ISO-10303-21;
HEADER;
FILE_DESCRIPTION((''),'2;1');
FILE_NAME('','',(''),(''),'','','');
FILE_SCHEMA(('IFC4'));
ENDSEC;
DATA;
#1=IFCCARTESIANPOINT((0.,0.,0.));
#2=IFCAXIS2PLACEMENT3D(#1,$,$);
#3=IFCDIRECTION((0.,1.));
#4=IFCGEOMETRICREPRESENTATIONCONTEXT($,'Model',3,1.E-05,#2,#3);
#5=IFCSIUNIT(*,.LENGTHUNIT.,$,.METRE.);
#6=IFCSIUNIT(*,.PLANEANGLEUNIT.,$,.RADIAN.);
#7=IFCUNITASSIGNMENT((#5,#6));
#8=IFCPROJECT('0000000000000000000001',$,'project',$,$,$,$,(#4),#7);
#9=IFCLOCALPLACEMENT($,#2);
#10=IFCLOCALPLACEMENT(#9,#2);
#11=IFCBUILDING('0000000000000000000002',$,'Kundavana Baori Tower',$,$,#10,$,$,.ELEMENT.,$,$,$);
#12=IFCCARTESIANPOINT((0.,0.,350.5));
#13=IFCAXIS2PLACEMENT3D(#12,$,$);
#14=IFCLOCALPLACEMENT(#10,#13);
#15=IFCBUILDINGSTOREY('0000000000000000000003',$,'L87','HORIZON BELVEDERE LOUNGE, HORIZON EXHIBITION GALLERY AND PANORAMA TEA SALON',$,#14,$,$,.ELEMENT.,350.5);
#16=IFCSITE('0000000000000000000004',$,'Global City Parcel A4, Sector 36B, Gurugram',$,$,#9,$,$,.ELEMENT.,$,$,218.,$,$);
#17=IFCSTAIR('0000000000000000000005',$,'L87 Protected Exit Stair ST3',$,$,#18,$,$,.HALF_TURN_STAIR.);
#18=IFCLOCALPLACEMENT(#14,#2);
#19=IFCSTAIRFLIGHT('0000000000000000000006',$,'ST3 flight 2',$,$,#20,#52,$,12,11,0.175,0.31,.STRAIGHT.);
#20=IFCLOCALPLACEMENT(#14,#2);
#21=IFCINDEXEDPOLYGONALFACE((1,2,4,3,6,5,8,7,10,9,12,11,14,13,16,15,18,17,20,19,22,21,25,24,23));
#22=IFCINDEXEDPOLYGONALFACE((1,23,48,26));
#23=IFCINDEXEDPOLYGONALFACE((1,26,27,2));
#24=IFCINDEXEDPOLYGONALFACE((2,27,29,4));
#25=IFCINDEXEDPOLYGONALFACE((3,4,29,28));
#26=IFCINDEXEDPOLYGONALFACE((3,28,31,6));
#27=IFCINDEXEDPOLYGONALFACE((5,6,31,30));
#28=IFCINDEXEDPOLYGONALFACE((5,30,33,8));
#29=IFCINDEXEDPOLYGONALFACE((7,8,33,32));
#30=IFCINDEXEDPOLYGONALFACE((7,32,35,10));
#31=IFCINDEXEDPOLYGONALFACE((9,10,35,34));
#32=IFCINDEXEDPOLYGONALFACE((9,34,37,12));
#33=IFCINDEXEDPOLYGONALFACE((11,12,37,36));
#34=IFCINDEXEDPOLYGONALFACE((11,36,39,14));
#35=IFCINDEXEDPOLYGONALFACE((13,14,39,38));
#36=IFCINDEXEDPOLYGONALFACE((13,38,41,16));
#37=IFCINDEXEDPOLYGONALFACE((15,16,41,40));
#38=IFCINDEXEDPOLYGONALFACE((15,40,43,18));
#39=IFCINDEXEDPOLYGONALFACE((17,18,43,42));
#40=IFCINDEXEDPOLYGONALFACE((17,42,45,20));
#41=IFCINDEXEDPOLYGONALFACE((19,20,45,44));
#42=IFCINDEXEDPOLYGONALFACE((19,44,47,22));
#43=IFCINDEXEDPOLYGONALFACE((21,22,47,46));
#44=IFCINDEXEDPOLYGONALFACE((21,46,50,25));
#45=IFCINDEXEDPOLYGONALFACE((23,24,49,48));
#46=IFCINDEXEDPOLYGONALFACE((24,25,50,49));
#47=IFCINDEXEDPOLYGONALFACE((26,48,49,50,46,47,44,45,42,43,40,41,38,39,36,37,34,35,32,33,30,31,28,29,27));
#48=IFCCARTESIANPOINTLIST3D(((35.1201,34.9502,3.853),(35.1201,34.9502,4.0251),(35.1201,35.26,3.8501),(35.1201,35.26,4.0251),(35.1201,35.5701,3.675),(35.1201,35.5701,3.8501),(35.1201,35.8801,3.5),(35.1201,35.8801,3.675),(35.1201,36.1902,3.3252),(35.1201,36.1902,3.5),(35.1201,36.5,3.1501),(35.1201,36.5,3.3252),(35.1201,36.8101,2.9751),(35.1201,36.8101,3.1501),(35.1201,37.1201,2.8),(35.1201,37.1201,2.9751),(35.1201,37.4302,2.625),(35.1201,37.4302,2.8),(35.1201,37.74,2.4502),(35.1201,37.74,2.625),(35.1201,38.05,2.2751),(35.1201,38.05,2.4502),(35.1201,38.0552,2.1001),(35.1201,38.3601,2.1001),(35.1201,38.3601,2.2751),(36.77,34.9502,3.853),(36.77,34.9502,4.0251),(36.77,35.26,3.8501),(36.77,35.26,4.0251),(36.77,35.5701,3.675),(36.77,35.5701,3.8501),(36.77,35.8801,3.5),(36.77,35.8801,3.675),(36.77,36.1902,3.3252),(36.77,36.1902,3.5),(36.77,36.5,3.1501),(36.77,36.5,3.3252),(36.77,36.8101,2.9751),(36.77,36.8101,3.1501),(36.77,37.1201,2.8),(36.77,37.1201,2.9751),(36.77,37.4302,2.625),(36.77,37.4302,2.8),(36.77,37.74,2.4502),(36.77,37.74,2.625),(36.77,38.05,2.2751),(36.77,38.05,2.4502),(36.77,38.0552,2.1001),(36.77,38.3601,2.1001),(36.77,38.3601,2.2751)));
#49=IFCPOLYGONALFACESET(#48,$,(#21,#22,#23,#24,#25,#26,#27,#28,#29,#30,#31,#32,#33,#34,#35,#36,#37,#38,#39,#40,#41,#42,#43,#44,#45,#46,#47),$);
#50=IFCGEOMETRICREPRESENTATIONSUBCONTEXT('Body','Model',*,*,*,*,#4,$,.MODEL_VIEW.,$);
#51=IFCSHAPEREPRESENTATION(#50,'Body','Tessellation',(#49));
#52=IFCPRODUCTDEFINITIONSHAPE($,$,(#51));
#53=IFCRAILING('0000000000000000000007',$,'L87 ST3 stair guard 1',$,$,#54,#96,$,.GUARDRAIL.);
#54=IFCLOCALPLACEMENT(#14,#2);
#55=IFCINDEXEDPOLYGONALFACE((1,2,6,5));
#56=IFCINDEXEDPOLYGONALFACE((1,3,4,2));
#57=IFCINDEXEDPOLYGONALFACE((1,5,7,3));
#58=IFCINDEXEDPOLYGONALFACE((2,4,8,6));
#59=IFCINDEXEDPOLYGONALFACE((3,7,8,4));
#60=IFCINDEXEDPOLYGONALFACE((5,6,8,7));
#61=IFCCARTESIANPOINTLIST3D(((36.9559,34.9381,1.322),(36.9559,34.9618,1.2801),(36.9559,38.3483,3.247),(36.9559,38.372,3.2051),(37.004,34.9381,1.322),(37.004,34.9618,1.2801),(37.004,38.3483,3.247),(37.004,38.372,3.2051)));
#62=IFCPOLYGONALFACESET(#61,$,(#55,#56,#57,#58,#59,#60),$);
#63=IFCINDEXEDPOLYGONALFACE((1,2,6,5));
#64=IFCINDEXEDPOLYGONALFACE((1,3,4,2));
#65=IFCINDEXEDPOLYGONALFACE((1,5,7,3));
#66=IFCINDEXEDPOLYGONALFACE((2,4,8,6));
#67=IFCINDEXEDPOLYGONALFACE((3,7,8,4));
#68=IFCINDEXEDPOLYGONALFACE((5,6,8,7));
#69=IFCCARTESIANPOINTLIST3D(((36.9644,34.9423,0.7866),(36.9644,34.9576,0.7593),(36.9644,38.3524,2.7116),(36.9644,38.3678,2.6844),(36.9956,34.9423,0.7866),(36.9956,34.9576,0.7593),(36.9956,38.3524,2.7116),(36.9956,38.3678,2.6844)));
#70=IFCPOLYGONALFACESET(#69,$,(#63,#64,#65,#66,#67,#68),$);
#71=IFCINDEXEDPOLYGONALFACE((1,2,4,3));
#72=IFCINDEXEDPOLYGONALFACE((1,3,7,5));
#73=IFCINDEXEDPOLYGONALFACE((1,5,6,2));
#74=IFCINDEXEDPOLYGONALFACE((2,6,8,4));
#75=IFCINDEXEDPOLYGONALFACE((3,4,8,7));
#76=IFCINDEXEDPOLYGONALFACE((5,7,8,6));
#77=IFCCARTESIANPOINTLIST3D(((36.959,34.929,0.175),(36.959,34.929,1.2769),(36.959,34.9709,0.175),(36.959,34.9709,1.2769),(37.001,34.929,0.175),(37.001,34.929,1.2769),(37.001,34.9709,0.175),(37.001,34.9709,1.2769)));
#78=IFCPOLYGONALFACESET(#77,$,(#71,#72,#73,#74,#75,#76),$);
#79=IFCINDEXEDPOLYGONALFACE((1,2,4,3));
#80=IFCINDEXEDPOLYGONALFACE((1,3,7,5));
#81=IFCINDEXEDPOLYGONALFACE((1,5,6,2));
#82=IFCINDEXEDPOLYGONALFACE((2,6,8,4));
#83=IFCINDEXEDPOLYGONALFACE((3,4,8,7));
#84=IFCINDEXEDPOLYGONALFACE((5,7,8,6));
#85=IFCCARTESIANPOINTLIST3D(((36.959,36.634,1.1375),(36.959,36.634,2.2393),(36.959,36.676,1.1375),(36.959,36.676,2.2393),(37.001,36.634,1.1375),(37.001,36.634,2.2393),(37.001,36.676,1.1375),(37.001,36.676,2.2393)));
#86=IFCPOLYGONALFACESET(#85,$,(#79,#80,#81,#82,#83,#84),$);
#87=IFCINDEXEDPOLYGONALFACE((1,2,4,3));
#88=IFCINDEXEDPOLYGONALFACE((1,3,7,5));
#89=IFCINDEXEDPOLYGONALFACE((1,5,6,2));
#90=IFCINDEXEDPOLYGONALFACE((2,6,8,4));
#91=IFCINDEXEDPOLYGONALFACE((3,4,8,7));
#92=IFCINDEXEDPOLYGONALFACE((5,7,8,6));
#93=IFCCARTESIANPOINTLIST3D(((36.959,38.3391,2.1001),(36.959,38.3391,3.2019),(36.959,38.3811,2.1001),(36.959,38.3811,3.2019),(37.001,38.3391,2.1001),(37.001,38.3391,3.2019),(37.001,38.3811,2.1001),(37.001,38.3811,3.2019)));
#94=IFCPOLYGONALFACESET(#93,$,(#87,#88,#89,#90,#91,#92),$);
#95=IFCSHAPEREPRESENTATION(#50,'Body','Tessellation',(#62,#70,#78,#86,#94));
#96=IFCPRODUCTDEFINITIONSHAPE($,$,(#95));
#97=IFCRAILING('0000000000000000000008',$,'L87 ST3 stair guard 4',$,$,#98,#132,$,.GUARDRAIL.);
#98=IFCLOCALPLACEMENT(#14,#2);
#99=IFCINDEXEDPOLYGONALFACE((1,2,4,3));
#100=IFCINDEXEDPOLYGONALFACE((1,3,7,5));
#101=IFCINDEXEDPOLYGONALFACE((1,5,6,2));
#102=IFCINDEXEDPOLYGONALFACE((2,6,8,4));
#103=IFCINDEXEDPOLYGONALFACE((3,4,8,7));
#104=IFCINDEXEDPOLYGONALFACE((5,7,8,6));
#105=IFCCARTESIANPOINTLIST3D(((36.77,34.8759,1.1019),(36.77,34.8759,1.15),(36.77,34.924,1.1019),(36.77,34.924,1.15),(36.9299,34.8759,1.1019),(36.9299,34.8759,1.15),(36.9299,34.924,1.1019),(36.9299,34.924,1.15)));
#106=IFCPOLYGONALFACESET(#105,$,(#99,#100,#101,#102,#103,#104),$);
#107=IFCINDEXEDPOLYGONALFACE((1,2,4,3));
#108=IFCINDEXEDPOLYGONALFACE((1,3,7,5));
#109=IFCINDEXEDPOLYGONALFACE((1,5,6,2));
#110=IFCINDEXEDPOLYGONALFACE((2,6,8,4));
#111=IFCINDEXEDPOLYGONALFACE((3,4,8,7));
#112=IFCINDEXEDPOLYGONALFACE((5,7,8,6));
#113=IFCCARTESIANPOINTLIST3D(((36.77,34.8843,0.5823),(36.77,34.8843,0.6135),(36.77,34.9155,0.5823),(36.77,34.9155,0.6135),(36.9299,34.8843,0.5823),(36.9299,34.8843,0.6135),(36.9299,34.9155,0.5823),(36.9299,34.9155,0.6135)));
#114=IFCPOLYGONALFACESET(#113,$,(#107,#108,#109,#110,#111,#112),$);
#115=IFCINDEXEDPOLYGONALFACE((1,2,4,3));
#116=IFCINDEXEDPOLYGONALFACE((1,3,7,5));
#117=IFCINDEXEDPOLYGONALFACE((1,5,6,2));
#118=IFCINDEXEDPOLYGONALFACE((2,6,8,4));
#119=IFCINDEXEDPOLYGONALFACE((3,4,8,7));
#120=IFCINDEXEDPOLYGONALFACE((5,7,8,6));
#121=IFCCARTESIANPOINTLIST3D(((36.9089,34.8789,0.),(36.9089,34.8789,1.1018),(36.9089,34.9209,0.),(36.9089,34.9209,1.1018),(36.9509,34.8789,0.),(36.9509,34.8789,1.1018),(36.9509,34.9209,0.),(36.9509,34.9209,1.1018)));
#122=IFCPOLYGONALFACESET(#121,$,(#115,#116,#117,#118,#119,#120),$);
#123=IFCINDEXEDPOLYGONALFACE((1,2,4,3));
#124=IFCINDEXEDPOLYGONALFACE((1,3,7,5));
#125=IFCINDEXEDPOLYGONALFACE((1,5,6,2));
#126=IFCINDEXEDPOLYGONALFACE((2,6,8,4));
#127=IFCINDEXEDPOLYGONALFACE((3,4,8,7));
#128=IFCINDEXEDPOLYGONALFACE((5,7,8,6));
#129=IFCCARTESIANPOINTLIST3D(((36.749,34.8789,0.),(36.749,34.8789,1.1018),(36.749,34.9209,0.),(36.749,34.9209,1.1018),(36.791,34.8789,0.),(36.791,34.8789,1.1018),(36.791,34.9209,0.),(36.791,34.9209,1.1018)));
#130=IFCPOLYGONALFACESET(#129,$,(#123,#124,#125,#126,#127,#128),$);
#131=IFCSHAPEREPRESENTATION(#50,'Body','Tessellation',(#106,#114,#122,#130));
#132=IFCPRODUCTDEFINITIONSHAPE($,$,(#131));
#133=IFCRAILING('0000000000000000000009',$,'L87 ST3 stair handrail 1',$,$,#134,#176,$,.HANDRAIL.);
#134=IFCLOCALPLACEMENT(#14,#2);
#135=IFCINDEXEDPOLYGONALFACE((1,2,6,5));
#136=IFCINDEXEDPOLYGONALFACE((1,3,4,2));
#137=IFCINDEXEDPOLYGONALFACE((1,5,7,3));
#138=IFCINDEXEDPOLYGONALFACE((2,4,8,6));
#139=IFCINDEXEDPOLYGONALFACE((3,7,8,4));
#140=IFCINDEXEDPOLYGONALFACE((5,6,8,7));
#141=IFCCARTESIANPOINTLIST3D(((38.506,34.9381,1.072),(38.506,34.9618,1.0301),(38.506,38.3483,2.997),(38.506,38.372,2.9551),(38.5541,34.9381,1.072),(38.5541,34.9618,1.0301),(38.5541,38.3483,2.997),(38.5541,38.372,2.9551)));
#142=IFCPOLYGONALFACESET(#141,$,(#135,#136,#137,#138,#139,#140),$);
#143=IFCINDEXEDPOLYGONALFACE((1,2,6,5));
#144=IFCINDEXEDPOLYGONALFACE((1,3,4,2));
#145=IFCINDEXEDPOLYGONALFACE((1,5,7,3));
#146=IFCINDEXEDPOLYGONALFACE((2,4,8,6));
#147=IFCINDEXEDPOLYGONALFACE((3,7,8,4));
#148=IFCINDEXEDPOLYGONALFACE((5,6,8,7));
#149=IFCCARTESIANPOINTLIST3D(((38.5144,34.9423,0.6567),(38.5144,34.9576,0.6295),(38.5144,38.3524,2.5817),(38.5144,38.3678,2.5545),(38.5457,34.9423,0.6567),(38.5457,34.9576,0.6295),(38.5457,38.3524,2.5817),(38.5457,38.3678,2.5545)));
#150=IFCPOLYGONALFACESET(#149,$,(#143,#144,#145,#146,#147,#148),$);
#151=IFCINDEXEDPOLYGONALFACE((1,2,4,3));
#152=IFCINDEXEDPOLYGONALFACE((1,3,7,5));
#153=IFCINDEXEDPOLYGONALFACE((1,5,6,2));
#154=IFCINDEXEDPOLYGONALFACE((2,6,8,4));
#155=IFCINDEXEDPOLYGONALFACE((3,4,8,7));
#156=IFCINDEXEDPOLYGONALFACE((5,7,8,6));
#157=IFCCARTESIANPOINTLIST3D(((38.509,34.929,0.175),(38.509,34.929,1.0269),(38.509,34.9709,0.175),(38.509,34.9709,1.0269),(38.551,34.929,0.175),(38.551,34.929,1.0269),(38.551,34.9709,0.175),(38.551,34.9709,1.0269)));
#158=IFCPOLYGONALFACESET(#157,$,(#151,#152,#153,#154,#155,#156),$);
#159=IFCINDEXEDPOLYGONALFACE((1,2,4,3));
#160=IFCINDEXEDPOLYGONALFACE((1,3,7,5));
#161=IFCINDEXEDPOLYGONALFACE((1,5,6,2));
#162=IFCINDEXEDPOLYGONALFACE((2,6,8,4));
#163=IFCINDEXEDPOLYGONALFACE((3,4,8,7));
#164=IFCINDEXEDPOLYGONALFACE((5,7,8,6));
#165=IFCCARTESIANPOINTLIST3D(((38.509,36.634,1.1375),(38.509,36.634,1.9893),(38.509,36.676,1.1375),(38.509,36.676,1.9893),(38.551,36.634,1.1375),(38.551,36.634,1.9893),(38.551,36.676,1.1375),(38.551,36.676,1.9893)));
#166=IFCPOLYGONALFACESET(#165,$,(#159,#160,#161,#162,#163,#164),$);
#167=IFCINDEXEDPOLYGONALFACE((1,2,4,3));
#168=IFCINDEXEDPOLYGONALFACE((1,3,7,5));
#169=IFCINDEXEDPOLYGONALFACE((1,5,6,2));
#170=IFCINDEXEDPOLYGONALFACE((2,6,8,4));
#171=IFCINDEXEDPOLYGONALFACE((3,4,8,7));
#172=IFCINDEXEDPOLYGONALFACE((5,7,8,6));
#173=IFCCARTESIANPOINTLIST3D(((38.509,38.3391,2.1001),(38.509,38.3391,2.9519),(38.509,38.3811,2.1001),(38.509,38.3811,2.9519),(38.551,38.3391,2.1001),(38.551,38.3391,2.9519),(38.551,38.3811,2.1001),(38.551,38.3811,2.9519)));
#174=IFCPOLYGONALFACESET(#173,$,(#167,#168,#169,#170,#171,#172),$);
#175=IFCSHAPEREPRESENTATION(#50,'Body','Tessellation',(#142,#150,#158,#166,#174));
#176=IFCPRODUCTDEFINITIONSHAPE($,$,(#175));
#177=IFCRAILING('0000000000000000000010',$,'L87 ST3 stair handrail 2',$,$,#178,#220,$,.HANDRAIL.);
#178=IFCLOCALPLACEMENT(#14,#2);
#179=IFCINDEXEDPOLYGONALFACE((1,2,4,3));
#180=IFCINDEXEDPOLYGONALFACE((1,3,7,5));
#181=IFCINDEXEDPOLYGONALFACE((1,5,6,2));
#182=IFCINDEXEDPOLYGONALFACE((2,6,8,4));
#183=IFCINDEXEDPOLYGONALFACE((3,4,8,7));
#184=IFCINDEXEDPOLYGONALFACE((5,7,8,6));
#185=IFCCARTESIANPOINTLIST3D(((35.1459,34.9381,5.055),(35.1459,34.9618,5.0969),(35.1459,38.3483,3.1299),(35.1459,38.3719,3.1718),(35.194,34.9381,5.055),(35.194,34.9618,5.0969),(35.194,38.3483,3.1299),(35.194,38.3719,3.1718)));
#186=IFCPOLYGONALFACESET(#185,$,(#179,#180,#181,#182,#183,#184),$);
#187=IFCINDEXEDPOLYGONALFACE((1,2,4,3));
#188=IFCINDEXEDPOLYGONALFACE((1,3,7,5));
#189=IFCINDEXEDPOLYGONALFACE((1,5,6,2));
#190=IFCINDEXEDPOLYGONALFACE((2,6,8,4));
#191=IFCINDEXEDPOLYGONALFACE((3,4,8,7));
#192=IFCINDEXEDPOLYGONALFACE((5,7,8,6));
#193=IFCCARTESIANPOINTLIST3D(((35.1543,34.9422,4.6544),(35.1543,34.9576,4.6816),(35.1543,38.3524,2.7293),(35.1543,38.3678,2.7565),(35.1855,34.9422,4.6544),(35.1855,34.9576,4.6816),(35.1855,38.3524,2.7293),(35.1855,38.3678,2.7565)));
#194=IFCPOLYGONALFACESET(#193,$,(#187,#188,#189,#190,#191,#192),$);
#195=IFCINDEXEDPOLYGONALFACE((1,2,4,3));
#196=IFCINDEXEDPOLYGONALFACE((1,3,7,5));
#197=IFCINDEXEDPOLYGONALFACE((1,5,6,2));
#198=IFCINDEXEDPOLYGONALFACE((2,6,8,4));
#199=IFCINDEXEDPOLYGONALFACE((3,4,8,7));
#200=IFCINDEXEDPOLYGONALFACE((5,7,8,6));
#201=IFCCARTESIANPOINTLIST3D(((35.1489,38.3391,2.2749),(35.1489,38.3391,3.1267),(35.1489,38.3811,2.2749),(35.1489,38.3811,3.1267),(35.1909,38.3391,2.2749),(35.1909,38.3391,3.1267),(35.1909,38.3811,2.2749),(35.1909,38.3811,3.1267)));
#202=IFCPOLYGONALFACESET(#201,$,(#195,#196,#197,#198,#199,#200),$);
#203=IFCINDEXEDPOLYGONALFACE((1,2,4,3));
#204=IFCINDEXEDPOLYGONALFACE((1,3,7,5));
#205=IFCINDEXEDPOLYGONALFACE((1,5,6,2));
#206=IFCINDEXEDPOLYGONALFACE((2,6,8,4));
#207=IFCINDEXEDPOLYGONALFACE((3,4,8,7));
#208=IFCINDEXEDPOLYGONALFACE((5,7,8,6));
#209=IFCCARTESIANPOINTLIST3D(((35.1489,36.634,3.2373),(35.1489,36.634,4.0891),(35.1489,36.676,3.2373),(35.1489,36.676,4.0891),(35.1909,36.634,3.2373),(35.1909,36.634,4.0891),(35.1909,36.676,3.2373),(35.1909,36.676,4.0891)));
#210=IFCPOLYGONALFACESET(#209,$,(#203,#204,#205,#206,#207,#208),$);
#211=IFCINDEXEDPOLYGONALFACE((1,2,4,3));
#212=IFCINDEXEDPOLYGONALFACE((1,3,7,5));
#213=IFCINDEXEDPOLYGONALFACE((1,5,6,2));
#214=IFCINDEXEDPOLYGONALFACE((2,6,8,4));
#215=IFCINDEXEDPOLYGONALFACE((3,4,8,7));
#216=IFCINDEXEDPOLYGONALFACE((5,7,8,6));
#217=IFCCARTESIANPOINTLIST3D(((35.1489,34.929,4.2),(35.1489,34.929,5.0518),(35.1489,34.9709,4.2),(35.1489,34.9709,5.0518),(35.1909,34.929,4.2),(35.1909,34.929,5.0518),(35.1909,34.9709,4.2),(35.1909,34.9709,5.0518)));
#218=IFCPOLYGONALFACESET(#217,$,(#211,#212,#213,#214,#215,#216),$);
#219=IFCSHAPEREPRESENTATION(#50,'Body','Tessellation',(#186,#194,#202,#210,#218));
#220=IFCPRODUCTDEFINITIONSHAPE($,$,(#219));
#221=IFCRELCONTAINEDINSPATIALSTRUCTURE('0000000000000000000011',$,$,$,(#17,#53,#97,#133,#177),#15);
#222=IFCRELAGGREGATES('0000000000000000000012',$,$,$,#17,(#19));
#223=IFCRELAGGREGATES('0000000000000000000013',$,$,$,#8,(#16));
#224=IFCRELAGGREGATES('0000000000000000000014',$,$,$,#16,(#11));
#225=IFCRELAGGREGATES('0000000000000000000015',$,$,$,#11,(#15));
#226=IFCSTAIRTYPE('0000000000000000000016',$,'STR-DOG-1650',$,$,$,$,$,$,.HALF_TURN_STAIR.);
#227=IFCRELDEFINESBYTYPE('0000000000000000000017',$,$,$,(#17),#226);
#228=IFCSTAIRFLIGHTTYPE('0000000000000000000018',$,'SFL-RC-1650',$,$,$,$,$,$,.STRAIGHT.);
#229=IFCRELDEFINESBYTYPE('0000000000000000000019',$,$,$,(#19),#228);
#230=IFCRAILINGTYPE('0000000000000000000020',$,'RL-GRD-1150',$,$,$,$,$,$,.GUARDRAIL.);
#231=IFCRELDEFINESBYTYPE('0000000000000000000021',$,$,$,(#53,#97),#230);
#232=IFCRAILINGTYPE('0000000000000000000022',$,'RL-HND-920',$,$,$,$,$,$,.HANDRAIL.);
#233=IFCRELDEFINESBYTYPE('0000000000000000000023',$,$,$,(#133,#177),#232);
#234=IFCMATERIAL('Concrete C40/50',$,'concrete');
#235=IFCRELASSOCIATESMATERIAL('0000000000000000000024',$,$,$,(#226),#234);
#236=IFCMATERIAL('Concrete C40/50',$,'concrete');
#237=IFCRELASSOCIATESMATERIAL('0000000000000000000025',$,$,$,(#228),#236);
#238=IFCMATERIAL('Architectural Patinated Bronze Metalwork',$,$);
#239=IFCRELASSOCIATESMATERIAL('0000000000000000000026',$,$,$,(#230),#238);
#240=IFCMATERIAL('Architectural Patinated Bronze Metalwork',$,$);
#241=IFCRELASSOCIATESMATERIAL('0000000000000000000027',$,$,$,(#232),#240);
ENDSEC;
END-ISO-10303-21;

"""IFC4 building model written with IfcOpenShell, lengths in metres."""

from ifc_helpers import new_model, si_unit, direction, frame, origin, origin_2d, place, context, subcontext, project, spatial, polyline, rectangle, outline, extrude, material, type_object, element, aggregate, save


model = new_model("IFC4")

# Units and contexts
model_context = context("Model", 3, precision=1e-05, world=origin(), true_north=direction((0.0, 1.0)))
body_context = subcontext(model_context, "Body", "Model", "MODEL_VIEW")
ifc_project = project(units=[si_unit("LENGTHUNIT", "METRE"), si_unit("PLANEANGLEUNIT", "RADIAN")], contexts=[model_context])

# Site, building, storey
site_placement = place(None, origin())
site = spatial("IfcSite", under=ifc_project, at=site_placement, Name="Global City Parcel A4, Sector 36B, Gurugram", CompositionType="ELEMENT", RefElevation=218.0)
building_placement = place(site_placement, origin())
building = spatial("IfcBuilding", under=site, at=building_placement, Name="Kundavana Baori Tower", CompositionType="ELEMENT")
storey_placement = place(building_placement, frame((0.0, 0.0, 350.5)))
storey = spatial("IfcBuildingStorey", under=building, at=storey_placement, Name="L87", Description="HORIZON BELVEDERE LOUNGE, HORIZON EXHIBITION GALLERY AND PANORAMA TEA SALON", CompositionType="ELEMENT", Elevation=350.5)

# Stair, stair flight
ifc_material_1 = material(Name="Concrete C40/50", Category="concrete")
stair_type = type_object("IfcStairType", Name="STR-DOG-1650", PredefinedType="HALF_TURN_STAIR", material=ifc_material_1)
stair_placement = place(storey_placement, origin())
stair = element("IfcStair", 1, at=stair_placement, inside=storey, type_object=stair_type, Name="L87 Protected Exit Stair ST3", PredefinedType="HALF_TURN_STAIR")
ifc_material_2 = material(Name="Concrete C40/50", Category="concrete")
stair_flight_type = type_object("IfcStairFlightType", Name="SFL-RC-1650", PredefinedType="STRAIGHT", material=ifc_material_2)
stair_flight_1_placement = place(storey_placement, frame((35.9451, 38.3601, 2.1001), z_axis=(0.0, 0.0, 1.0), x_axis=(0.0, -1.0, 0.0)))
stair_flight_1 = element("IfcStairFlight", 2, at=stair_flight_1_placement, type_object=stair_flight_type, Name="ST3 flight 2", NumberOfRisers=12, NumberOfTreads=11, PredefinedType="STRAIGHT", RiserHeight=0.175, TreadLength=0.31, context=body_context, shape_type="SweptSolid", body=[
    extrude(outline(polyline([(0.0, 0.0), (0.0, 0.175), (0.3101, 0.175), (0.3101, 0.3501), (0.6201, 0.3501), (0.6201, 0.5249), (0.9299, 0.5249), (0.9299, 0.7), (1.24, 0.7), (1.24, 0.875), (1.55, 0.875), (1.55, 1.05), (1.8601, 1.05), (1.8601, 1.2251), (2.1699, 1.2251), (2.1699, 1.3999), (2.48, 1.3999), (2.48, 1.575), (2.79, 1.575), (2.79, 1.75), (3.1001, 1.75), (3.1001, 1.925), (3.4099, 1.925), (3.4099, 2.1001), (3.4099, 1.7529), (0.3049, 0.0), (0.0, 0.0)])), frame((0.0, 0.825, 0.0), z_axis=(0.0, -1.0, 0.0), x_axis=(1.0, 0.0, 0.0)), (0.0, 0.0, 1.0), 1.6499),
])
aggregate(stair, [stair_flight_1])

# Railings
ifc_material_3 = material(Name="Architectural Patinated Bronze Metalwork")
railing_type_1 = type_object("IfcRailingType", Name="RL-GRD-1150", PredefinedType="GUARDRAIL", material=ifc_material_3)
railing_1_placement = place(storey_placement, frame((36.98, 34.95, 0.175)))
element("IfcRailing", 3, at=railing_1_placement, inside=storey, type_object=railing_type_1, Name="L87 ST3 stair guard 1", PredefinedType="GUARDRAIL", context=body_context, shape_type="SweptSolid", body=[
    extrude(rectangle(XDim=0.0481, YDim=0.0481, at=origin_2d()), frame((0.0, 0.0, 1.126), z_axis=(0.0, 0.870829, 0.491587), x_axis=(-1.0, 0.0, 0.0)), (0.0, 0.0, 1.0), 3.916),
    extrude(rectangle(XDim=0.0312, YDim=0.0312, at=origin_2d()), frame((0.0, 0.0, 0.5979), z_axis=(0.0, 0.870829, 0.491587), x_axis=(-1.0, 0.0, 0.0)), (0.0, 0.0, 1.0), 3.916),
    extrude(rectangle(XDim=0.042, YDim=0.042, at=origin_2d()), origin(), (0.0, 0.0, 1.0), 1.1018),
    extrude(rectangle(XDim=0.042, YDim=0.042, at=origin_2d()), frame((0.0, 1.7051, 0.9624)), (0.0, 0.0, 1.0), 1.1018),
    extrude(rectangle(XDim=0.042, YDim=0.042, at=origin_2d()), frame((0.0, 3.4102, 1.925)), (0.0, 0.0, 1.0), 1.1018),
])
railing_2_placement = place(storey_placement, frame((36.9299, 34.8999, 0.0)))
element("IfcRailing", 4, at=railing_2_placement, inside=storey, type_object=railing_type_1, Name="L87 ST3 stair guard 4", PredefinedType="GUARDRAIL", context=body_context, shape_type="SweptSolid", body=[
    extrude(rectangle(XDim=0.0481, YDim=0.0481, at=origin_2d()), frame((0.0, 0.0, 1.126), z_axis=(-1.0, 0.0, 0.0), x_axis=(0.0, -1.0, 0.0)), (0.0, 0.0, 1.0), 0.1599),
    extrude(rectangle(XDim=0.0312, YDim=0.0312, at=origin_2d()), frame((0.0, 0.0, 0.5979), z_axis=(-1.0, 0.0, 0.0), x_axis=(0.0, -1.0, 0.0)), (0.0, 0.0, 1.0), 0.1599),
    extrude(rectangle(XDim=0.042, YDim=0.042, at=origin_2d()), origin(), (0.0, 0.0, 1.0), 1.1018),
    extrude(rectangle(XDim=0.042, YDim=0.042, at=origin_2d()), frame((-0.1599, 0.0, 0.0)), (0.0, 0.0, 1.0), 1.1018),
])
ifc_material_4 = material(Name="Architectural Patinated Bronze Metalwork")
railing_type_2 = type_object("IfcRailingType", Name="RL-HND-920", PredefinedType="HANDRAIL", material=ifc_material_4)
railing_3_placement = place(storey_placement, frame((38.53, 34.95, 0.175)))
element("IfcRailing", 5, at=railing_3_placement, inside=storey, type_object=railing_type_2, Name="L87 ST3 stair handrail 1", PredefinedType="HANDRAIL", context=body_context, shape_type="SweptSolid", body=[
    extrude(rectangle(XDim=0.0481, YDim=0.0481, at=origin_2d()), frame((0.0, 0.0, 0.876), z_axis=(0.0, 0.870829, 0.491587), x_axis=(-1.0, 0.0, 0.0)), (0.0, 0.0, 1.0), 3.916),
    extrude(rectangle(XDim=0.0312, YDim=0.0312, at=origin_2d()), frame((0.0, 0.0, 0.468), z_axis=(0.0, 0.870829, 0.491587), x_axis=(-1.0, 0.0, 0.0)), (0.0, 0.0, 1.0), 3.916),
    extrude(rectangle(XDim=0.042, YDim=0.042, at=origin_2d()), origin(), (0.0, 0.0, 1.0), 0.8518),
    extrude(rectangle(XDim=0.042, YDim=0.042, at=origin_2d()), frame((0.0, 1.7051, 0.9624)), (0.0, 0.0, 1.0), 0.8518),
    extrude(rectangle(XDim=0.042, YDim=0.042, at=origin_2d()), frame((0.0, 3.4102, 1.925)), (0.0, 0.0, 1.0), 0.8518),
])
railing_4_placement = place(storey_placement, frame((35.1699, 38.3601, 2.2749)))
element("IfcRailing", 6, at=railing_4_placement, inside=storey, type_object=railing_type_2, Name="L87 ST3 stair handrail 2", PredefinedType="HANDRAIL", context=body_context, shape_type="SweptSolid", body=[
    extrude(rectangle(XDim=0.0481, YDim=0.0481, at=origin_2d()), frame((0.0, 0.0, 0.876), z_axis=(0.0, -0.870829, 0.491587), x_axis=(1.0, 0.0, 0.0)), (0.0, 0.0, 1.0), 3.916),
    extrude(rectangle(XDim=0.0312, YDim=0.0312, at=origin_2d()), frame((0.0, 0.0, 0.468), z_axis=(0.0, -0.870829, 0.491587), x_axis=(1.0, 0.0, 0.0)), (0.0, 0.0, 1.0), 3.916),
    extrude(rectangle(XDim=0.042, YDim=0.042, at=origin_2d()), origin(), (0.0, 0.0, 1.0), 0.8518),
    extrude(rectangle(XDim=0.042, YDim=0.042, at=origin_2d()), frame((0.0, -1.7051, 0.9624)), (0.0, 0.0, 1.0), 0.8518),
    extrude(rectangle(XDim=0.042, YDim=0.042, at=origin_2d()), frame((0.0, -3.4102, 1.925)), (0.0, 0.0, 1.0), 0.8518),
])

save(model, "model.ifc")
